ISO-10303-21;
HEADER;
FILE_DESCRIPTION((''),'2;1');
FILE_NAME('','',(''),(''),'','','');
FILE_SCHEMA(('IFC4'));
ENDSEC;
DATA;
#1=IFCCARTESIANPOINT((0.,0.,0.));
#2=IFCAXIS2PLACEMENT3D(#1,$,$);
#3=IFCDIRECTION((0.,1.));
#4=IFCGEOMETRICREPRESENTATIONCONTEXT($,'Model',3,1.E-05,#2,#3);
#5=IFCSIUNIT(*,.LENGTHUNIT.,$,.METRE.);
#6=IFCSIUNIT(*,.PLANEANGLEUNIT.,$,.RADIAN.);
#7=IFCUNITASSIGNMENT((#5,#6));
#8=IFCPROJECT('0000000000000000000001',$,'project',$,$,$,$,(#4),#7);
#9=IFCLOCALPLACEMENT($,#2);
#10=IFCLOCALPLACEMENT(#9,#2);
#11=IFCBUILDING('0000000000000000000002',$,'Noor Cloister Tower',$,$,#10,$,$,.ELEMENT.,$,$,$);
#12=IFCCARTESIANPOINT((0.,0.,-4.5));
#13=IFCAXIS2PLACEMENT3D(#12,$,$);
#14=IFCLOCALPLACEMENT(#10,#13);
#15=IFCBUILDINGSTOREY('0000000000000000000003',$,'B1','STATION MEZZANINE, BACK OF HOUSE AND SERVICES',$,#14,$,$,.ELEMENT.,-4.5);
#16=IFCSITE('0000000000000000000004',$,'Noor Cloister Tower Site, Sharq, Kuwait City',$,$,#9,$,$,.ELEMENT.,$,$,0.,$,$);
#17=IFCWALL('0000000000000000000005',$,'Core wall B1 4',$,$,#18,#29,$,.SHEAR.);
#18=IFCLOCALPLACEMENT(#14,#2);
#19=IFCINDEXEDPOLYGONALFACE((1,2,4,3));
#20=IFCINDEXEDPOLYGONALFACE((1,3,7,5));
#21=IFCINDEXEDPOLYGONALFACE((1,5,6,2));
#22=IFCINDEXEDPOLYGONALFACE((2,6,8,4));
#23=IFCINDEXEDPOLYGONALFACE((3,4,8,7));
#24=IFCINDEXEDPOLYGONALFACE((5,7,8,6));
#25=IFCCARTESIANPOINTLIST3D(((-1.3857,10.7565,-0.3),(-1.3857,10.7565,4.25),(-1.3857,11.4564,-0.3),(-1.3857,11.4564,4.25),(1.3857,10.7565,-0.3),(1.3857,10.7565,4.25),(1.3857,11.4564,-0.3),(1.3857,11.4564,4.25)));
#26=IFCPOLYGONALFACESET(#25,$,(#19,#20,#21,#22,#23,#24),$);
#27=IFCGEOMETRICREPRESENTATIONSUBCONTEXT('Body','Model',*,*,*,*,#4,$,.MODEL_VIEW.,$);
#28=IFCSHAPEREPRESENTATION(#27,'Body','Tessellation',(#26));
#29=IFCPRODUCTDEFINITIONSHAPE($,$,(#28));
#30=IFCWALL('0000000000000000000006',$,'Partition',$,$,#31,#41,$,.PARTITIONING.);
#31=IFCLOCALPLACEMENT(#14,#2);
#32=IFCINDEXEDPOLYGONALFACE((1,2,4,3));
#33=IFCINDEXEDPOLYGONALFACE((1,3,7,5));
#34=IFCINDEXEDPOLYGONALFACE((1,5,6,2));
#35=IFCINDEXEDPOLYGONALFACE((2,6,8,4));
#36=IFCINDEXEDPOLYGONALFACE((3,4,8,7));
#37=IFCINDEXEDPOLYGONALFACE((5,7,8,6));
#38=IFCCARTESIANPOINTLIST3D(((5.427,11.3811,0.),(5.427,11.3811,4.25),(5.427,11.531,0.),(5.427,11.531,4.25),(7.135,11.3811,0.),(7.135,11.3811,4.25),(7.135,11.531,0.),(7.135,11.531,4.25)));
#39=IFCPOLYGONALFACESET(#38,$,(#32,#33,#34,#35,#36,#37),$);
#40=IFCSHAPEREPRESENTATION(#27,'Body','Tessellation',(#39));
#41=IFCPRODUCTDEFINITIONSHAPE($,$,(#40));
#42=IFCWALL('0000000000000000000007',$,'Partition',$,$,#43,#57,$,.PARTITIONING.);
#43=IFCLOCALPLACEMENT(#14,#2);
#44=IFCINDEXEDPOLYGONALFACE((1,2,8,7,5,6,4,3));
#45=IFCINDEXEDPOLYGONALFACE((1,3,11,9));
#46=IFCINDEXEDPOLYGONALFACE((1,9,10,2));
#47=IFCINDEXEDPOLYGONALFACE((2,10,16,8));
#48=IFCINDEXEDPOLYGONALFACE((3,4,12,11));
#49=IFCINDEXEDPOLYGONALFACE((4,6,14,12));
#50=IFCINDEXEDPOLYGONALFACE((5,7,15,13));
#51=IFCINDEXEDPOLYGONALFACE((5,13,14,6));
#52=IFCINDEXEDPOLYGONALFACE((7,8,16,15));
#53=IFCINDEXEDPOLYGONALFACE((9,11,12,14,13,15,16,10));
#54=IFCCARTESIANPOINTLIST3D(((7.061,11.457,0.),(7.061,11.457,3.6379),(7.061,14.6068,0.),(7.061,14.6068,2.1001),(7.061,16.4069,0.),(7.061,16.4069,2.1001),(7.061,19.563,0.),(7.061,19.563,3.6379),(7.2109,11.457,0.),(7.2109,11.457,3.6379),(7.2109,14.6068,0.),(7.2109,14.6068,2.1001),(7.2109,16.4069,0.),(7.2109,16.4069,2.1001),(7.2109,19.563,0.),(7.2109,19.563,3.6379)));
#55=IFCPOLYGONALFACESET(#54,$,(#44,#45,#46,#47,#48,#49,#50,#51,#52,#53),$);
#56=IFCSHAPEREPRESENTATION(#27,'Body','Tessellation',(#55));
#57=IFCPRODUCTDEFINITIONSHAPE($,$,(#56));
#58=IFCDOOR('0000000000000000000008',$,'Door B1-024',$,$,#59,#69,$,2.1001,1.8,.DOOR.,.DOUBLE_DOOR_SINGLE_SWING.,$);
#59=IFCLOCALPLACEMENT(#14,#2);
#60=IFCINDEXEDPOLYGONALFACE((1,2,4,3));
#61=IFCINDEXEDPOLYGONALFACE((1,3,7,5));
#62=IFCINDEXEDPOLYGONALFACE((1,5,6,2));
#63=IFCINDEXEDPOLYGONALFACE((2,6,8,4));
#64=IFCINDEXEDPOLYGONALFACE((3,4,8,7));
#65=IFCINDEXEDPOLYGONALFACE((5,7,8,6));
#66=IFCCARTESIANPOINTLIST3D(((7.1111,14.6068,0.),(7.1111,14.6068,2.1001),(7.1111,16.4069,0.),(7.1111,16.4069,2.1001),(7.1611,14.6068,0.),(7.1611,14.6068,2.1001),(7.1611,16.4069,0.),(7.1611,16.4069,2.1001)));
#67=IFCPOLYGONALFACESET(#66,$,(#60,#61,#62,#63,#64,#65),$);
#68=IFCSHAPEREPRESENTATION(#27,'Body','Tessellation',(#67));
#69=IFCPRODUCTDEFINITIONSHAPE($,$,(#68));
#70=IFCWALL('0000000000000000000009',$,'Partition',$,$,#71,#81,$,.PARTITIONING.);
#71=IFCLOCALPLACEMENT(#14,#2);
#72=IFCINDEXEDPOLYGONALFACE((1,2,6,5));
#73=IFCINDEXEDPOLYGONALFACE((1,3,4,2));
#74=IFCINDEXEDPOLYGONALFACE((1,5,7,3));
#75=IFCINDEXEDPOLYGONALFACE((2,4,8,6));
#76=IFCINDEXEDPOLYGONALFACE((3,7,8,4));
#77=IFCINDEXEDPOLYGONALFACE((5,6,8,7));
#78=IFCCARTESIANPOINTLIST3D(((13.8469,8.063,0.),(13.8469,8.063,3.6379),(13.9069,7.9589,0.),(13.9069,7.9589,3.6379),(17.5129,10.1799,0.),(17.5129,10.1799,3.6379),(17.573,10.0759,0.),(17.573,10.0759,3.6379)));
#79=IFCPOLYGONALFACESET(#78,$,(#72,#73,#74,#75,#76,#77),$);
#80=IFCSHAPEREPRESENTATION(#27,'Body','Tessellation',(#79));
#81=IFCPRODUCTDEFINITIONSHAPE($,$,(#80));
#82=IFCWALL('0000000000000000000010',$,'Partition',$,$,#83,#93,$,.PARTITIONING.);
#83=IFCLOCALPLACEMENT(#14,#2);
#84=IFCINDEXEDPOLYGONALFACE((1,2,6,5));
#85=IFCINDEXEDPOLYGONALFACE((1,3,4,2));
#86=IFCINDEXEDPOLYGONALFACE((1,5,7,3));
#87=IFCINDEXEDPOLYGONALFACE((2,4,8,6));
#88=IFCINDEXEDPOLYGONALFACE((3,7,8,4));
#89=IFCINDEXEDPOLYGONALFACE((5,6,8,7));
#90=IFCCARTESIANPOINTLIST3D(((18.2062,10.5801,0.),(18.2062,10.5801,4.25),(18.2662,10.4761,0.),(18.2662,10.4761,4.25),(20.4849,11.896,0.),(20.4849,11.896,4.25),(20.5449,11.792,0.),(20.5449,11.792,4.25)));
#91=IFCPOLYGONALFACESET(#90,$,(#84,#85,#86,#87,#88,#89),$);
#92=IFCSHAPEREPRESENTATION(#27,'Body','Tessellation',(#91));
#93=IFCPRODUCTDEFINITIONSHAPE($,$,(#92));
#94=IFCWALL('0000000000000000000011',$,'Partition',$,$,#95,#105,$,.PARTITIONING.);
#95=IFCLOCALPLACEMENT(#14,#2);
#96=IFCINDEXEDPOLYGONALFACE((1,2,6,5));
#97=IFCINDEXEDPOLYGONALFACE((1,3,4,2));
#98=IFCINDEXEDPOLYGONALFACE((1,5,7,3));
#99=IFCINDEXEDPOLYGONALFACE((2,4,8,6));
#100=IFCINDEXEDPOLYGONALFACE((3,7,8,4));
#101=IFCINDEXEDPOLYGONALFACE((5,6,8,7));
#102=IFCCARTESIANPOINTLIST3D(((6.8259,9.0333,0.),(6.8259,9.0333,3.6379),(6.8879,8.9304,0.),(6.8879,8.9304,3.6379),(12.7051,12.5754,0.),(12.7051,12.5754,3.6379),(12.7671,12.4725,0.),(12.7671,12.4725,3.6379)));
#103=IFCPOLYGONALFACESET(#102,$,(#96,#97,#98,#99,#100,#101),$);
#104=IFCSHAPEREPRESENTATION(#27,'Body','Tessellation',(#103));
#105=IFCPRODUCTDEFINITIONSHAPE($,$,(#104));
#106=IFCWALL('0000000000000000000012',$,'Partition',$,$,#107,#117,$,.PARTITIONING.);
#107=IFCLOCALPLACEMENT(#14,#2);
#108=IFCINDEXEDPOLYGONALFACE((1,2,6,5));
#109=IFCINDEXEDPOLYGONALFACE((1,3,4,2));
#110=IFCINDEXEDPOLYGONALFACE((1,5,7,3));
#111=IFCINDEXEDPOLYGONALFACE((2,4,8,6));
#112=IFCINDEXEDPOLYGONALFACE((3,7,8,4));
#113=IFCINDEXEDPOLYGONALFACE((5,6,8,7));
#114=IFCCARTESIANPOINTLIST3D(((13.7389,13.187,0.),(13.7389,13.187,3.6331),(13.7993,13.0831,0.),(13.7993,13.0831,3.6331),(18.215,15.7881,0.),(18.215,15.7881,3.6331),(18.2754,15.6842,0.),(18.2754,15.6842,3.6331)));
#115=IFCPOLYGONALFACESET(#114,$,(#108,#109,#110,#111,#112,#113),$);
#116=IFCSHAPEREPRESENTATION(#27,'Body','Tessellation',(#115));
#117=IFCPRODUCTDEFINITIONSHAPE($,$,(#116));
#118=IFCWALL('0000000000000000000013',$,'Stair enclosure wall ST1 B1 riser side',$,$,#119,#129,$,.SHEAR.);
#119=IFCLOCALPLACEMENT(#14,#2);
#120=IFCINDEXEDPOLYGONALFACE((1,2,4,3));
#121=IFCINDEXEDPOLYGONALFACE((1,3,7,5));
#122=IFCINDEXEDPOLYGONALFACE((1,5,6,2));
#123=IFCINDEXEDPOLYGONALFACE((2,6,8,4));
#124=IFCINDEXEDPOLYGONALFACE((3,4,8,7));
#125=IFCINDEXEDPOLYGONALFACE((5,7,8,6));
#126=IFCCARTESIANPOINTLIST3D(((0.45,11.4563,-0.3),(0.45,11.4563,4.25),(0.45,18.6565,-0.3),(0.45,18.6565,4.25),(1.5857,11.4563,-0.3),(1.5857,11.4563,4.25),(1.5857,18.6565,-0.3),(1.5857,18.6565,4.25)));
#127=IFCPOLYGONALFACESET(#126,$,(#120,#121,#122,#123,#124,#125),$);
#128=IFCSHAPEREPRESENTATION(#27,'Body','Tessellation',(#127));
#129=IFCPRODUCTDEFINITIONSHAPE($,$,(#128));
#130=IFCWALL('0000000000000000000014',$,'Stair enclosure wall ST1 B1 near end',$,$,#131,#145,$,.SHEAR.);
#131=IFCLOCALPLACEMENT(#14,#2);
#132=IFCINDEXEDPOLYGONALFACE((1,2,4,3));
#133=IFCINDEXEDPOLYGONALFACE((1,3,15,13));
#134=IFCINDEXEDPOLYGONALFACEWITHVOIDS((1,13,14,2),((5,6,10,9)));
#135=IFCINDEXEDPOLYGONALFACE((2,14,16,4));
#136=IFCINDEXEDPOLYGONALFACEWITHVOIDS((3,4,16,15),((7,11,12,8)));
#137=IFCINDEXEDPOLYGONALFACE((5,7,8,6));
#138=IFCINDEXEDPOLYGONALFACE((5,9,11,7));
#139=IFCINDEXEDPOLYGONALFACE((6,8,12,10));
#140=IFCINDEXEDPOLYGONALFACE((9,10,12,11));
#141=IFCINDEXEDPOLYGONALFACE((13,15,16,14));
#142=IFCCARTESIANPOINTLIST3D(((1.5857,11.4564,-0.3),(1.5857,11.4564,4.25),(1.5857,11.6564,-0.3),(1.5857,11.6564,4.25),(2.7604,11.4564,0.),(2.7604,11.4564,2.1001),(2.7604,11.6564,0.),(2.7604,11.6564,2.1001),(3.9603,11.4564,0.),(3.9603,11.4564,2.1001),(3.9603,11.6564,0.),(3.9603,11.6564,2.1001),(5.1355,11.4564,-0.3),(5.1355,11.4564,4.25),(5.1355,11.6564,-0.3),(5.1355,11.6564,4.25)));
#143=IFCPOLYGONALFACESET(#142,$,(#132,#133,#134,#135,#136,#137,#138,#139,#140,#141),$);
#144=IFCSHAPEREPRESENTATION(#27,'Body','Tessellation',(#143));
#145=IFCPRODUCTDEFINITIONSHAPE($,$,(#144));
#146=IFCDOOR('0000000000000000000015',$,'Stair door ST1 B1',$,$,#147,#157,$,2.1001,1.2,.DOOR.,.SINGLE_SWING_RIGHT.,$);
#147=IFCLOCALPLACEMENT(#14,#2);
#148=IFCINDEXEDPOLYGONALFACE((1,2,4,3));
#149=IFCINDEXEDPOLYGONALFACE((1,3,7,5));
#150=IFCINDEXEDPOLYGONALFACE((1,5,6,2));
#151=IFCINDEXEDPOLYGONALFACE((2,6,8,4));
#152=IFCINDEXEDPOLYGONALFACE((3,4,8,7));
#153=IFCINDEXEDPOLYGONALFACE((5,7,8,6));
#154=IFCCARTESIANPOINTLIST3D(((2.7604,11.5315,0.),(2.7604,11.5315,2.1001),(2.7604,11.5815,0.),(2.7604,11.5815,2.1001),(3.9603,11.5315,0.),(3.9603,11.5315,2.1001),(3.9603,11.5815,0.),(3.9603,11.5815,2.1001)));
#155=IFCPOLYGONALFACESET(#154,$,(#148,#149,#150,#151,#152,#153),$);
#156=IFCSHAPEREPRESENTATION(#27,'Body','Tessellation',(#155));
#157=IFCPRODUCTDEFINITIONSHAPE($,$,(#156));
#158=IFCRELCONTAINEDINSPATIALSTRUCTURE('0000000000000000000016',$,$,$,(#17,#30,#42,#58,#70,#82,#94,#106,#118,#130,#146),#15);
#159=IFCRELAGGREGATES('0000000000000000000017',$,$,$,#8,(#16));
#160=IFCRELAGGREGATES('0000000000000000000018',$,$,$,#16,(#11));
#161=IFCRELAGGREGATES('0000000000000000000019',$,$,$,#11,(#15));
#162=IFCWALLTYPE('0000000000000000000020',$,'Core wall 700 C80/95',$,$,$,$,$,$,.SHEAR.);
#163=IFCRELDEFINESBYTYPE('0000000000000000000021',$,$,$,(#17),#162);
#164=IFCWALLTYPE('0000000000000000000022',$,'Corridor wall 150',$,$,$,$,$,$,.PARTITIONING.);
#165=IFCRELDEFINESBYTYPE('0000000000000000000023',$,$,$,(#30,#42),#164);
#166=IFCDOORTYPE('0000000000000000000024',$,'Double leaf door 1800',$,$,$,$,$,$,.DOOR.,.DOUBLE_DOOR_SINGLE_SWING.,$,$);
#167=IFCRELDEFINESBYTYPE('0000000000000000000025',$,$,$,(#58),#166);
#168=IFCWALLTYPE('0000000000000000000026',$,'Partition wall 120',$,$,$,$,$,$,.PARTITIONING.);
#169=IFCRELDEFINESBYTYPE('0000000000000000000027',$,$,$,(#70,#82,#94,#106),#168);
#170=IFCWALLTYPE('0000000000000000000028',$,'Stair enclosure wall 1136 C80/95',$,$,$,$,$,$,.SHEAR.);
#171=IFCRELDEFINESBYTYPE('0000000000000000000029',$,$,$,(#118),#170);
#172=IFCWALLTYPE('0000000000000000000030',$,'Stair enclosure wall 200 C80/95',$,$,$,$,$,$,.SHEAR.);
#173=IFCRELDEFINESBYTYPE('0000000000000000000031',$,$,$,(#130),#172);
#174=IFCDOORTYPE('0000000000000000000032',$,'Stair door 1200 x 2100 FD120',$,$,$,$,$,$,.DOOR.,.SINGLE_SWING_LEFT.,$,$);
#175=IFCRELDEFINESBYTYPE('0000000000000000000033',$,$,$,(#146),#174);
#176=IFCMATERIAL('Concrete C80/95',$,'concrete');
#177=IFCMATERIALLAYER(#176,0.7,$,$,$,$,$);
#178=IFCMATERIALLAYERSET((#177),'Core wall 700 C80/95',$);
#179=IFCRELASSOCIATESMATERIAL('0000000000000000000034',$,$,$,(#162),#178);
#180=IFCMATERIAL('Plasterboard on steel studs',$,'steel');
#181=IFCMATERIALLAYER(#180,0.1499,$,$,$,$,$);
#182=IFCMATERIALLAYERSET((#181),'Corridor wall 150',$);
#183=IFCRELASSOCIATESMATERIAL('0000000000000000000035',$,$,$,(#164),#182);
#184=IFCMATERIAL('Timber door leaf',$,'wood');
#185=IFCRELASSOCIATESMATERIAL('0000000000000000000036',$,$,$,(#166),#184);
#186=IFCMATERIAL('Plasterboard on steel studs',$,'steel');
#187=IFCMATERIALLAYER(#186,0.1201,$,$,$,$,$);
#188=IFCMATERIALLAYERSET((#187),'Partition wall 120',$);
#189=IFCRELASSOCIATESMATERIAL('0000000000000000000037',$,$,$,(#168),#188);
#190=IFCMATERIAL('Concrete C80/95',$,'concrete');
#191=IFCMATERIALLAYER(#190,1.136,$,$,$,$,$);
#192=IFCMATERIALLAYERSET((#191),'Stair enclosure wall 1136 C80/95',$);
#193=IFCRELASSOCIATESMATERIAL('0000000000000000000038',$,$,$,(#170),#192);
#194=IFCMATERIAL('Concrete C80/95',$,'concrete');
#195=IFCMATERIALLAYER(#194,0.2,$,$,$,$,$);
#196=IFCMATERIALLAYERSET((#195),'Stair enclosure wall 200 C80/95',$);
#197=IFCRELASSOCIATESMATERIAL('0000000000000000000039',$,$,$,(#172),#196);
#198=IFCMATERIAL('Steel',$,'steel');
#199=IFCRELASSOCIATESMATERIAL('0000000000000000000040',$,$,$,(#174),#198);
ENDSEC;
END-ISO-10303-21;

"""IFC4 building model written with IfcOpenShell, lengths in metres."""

from ifc_helpers import new_model, si_unit, direction, frame, frame_2d, origin, place, context, subcontext, project, spatial, rectangle, extrude, material, layer, layer_set, type_object, element, fill, save


model = new_model("IFC4")

# Units and contexts
model_context = context("Model", 3, precision=1e-05, world=origin(), true_north=direction((0.0, 1.0)))
body_context = subcontext(model_context, "Body", "Model", "MODEL_VIEW")
ifc_project = project(units=[si_unit("LENGTHUNIT", "METRE"), si_unit("PLANEANGLEUNIT", "RADIAN")], contexts=[model_context])

# Site, building, storey
site_placement = place(None, origin())
site = spatial("IfcSite", under=ifc_project, at=site_placement, Name="Noor Cloister Tower Site, Sharq, Kuwait City", CompositionType="ELEMENT", RefElevation=0.0)
building_placement = place(site_placement, origin())
building = spatial("IfcBuilding", under=site, at=building_placement, Name="Noor Cloister Tower", CompositionType="ELEMENT")
storey_placement = place(building_placement, frame((0.0, 0.0, -4.5)))
storey = spatial("IfcBuildingStorey", under=building, at=storey_placement, Name="B1", Description="STATION MEZZANINE, BACK OF HOUSE AND SERVICES", CompositionType="ELEMENT", Elevation=-4.5)

# Walls
ifc_material_1 = material(Name="Concrete C80/95", Category="concrete")
ifc_layer_1 = layer(ifc_material_1, 0.7)
ifc_layer_set_1 = layer_set([ifc_layer_1], Name="Core wall 700 C80/95")
wall_type_1 = type_object("IfcWallType", Name="Core wall 700 C80/95", PredefinedType="SHEAR", material=ifc_layer_set_1)
wall_1_placement = place(storey_placement, frame((1.3857, 11.1064, -0.3), z_axis=(0.0, 0.0, 1.0), x_axis=(-1.0, 0.0, 0.0)))
element("IfcWall", 1, at=wall_1_placement, inside=storey, type_object=wall_type_1, Name="Core wall B1 4", PredefinedType="SHEAR", context=body_context, shape_type="SweptSolid", body=[
    extrude(rectangle(XDim=2.7715, YDim=0.7, at=frame_2d((1.3857, 0.0))), origin(), (0.0, 0.0, 1.0), 4.55),
])
ifc_material_2 = material(Name="Plasterboard on steel studs", Category="steel")
ifc_layer_2 = layer(ifc_material_2, 0.1499)
ifc_layer_set_2 = layer_set([ifc_layer_2], Name="Corridor wall 150")
wall_type_2 = type_object("IfcWallType", Name="Corridor wall 150", PredefinedType="PARTITIONING", material=ifc_layer_set_2)
wall_2_placement = place(storey_placement, frame((5.427, 11.4561, 0.0), z_axis=(0.0, 0.0, 1.0), x_axis=(1.0, 0.0, 0.0)))
element("IfcWall", 2, at=wall_2_placement, inside=storey, type_object=wall_type_2, Name="Partition", PredefinedType="PARTITIONING", context=body_context, shape_type="SweptSolid", body=[
    extrude(rectangle(XDim=1.708, YDim=0.1499, at=frame_2d((0.854, 0.0))), origin(), (0.0, 0.0, 1.0), 4.25),
])

# Wall, opening, door
wall_3_placement = place(storey_placement, frame((7.136, 11.457, 0.0), z_axis=(0.0, 0.0, 1.0), x_axis=(0.0, 1.0, 0.0)))
wall_3 = element("IfcWall", 3, at=wall_3_placement, inside=storey, type_object=wall_type_2, Name="Partition", PredefinedType="PARTITIONING", context=body_context, shape_type="SweptSolid", body=[
    extrude(rectangle(XDim=8.106, YDim=0.1499, at=frame_2d((4.053, 0.0))), origin(), (0.0, 0.0, 1.0), 3.6379),
])
opening_1_placement = place(wall_3_placement, frame((3.1499, 0.0, 0.0)))
opening_1 = element("IfcOpeningElement", 4, at=opening_1_placement, cuts=wall_3, PredefinedType="OPENING", context=body_context, shape_type="SweptSolid", body=[
    extrude(rectangle(XDim=1.8, YDim=2.1001, at=frame_2d((0.8999, 1.05))), frame((0.0, 0.085, 0.0), z_axis=(0.0, -1.0, 0.0), x_axis=(1.0, 0.0, 0.0)), (0.0, 0.0, 1.0), 0.1699),
])
ifc_material_3 = material(Name="Timber door leaf", Category="wood")
door_type_1 = type_object("IfcDoorType", Name="Double leaf door 1800", OperationType="DOUBLE_DOOR_SINGLE_SWING", PredefinedType="DOOR", material=ifc_material_3)
door_1_placement = place(opening_1_placement, origin())
door_1 = element("IfcDoor", 5, at=door_1_placement, inside=storey, type_object=door_type_1, Name="Door B1-024", OperationType="DOUBLE_DOOR_SINGLE_SWING", OverallHeight=2.1001, OverallWidth=1.8, PredefinedType="DOOR", context=body_context, shape_type="SweptSolid", body=[
    extrude(rectangle(XDim=1.8, YDim=2.1001, at=frame_2d((0.8999, 1.05))), frame((0.0, 0.0249, 0.0), z_axis=(0.0, -1.0, 0.0), x_axis=(1.0, 0.0, 0.0)), (0.0, 0.0, 1.0), 0.05),
])
fill(opening_1, door_1)

# Walls
ifc_material_4 = material(Name="Plasterboard on steel studs", Category="steel")
ifc_layer_3 = layer(ifc_material_4, 0.1201)
ifc_layer_set_3 = layer_set([ifc_layer_3], Name="Partition wall 120")
wall_type_3 = type_object("IfcWallType", Name="Partition wall 120", PredefinedType="PARTITIONING", material=ifc_layer_set_3)
wall_4_placement = place(storey_placement, frame((17.543, 10.1279, 0.0), z_axis=(0.0, 0.0, 1.0), x_axis=(-0.865988, -0.500065, 0.0)))
element("IfcWall", 6, at=wall_4_placement, inside=storey, type_object=wall_type_3, Name="Partition", PredefinedType="PARTITIONING", context=body_context, shape_type="SweptSolid", body=[
    extrude(rectangle(XDim=4.2334, YDim=0.1201, at=frame_2d((2.1167, 0.0))), origin(), (0.0, 0.0, 1.0), 3.6379),
])
wall_5_placement = place(storey_placement, frame((20.5149, 11.844, 0.0), z_axis=(0.0, 0.0, 1.0), x_axis=(-0.865985, -0.50007, 0.0)))
element("IfcWall", 7, at=wall_5_placement, inside=storey, type_object=wall_type_3, Name="Partition", PredefinedType="PARTITIONING", context=body_context, shape_type="SweptSolid", body=[
    extrude(rectangle(XDim=2.6313, YDim=0.1201, at=frame_2d((1.3157, 0.0))), origin(), (0.0, 0.0, 1.0), 4.25),
])
wall_6_placement = place(storey_placement, frame((12.7361, 12.5239, 0.0), z_axis=(0.0, 0.0, 1.0), x_axis=(-0.856559, -0.516048, 0.0)))
element("IfcWall", 8, at=wall_6_placement, inside=storey, type_object=wall_type_3, Name="Partition", PredefinedType="PARTITIONING", context=body_context, shape_type="SweptSolid", body=[
    extrude(rectangle(XDim=6.8638, YDim=0.1201, at=frame_2d((3.4319, 0.0))), origin(), (0.0, 0.0, 1.0), 3.6379),
])
wall_7_placement = place(storey_placement, frame((18.2451, 15.7361, 0.0), z_axis=(0.0, 0.0, 1.0), x_axis=(-0.864616, -0.502434, 0.0)))
element("IfcWall", 9, at=wall_7_placement, inside=storey, type_object=wall_type_3, Name="Partition", PredefinedType="PARTITIONING", context=body_context, shape_type="SweptSolid", body=[
    extrude(rectangle(XDim=5.177, YDim=0.1201, at=frame_2d((2.5884, 0.0))), origin(), (0.0, 0.0, 1.0), 3.6331),
])
ifc_material_5 = material(Name="Concrete C80/95", Category="concrete")
ifc_layer_4 = layer(ifc_material_5, 1.136)
ifc_layer_set_4 = layer_set([ifc_layer_4], Name="Stair enclosure wall 1136 C80/95")
wall_type_4 = type_object("IfcWallType", Name="Stair enclosure wall 1136 C80/95", PredefinedType="SHEAR", material=ifc_layer_set_4)
wall_8_placement = place(storey_placement, frame((1.0178, 11.4563, -0.3), z_axis=(0.0, 0.0, 1.0), x_axis=(0.0, 1.0, 0.0)))
element("IfcWall", 10, at=wall_8_placement, inside=storey, type_object=wall_type_4, Name="Stair enclosure wall ST1 B1 riser side", PredefinedType="SHEAR", context=body_context, shape_type="SweptSolid", body=[
    extrude(rectangle(XDim=7.2002, YDim=1.1357, at=frame_2d((3.6001, 0.0))), origin(), (0.0, 0.0, 1.0), 4.55),
])

# Wall, opening, door
ifc_material_6 = material(Name="Concrete C80/95", Category="concrete")
ifc_layer_5 = layer(ifc_material_6, 0.2)
ifc_layer_set_5 = layer_set([ifc_layer_5], Name="Stair enclosure wall 200 C80/95")
wall_type_5 = type_object("IfcWallType", Name="Stair enclosure wall 200 C80/95", PredefinedType="SHEAR", material=ifc_layer_set_5)
wall_9_placement = place(storey_placement, frame((5.1355, 11.5564, -0.3), z_axis=(0.0, 0.0, 1.0), x_axis=(-1.0, 0.0, 0.0)))
wall_9 = element("IfcWall", 11, at=wall_9_placement, inside=storey, type_object=wall_type_5, Name="Stair enclosure wall ST1 B1 near end", PredefinedType="SHEAR", context=body_context, shape_type="SweptSolid", body=[
    extrude(rectangle(XDim=3.5498, YDim=0.2, at=frame_2d((1.7749, 0.0))), origin(), (0.0, 0.0, 1.0), 4.55),
])
opening_2_placement = place(wall_9_placement, frame((1.175, 0.0, 0.3)))
opening_2 = element("IfcOpeningElement", 12, at=opening_2_placement, cuts=wall_9, PredefinedType="OPENING", context=body_context, shape_type="SweptSolid", body=[
    extrude(rectangle(XDim=1.2, YDim=2.1001, at=frame_2d((0.6001, 1.05))), frame((0.0, 0.1099, 0.0), z_axis=(0.0, -1.0, 0.0), x_axis=(1.0, 0.0, 0.0)), (0.0, 0.0, 1.0), 0.22),
])
ifc_material_7 = material(Name="Steel", Category="steel")
door_type_2 = type_object("IfcDoorType", Name="Stair door 1200 x 2100 FD120", OperationType="SINGLE_SWING_LEFT", PredefinedType="DOOR", material=ifc_material_7)
door_2_placement = place(opening_2_placement, origin())
door_2 = element("IfcDoor", 13, at=door_2_placement, inside=storey, type_object=door_type_2, Name="Stair door ST1 B1", OperationType="SINGLE_SWING_RIGHT", OverallHeight=2.1001, OverallWidth=1.2, PredefinedType="DOOR", context=body_context, shape_type="SweptSolid", body=[
    extrude(rectangle(XDim=1.2, YDim=2.1001, at=frame_2d((0.6001, 1.05))), frame((0.0, 0.0249, 0.0), z_axis=(0.0, -1.0, 0.0), x_axis=(1.0, 0.0, 0.0)), (0.0, 0.0, 1.0), 0.05),
])
fill(opening_2, door_2)

save(model, "model.ifc")
